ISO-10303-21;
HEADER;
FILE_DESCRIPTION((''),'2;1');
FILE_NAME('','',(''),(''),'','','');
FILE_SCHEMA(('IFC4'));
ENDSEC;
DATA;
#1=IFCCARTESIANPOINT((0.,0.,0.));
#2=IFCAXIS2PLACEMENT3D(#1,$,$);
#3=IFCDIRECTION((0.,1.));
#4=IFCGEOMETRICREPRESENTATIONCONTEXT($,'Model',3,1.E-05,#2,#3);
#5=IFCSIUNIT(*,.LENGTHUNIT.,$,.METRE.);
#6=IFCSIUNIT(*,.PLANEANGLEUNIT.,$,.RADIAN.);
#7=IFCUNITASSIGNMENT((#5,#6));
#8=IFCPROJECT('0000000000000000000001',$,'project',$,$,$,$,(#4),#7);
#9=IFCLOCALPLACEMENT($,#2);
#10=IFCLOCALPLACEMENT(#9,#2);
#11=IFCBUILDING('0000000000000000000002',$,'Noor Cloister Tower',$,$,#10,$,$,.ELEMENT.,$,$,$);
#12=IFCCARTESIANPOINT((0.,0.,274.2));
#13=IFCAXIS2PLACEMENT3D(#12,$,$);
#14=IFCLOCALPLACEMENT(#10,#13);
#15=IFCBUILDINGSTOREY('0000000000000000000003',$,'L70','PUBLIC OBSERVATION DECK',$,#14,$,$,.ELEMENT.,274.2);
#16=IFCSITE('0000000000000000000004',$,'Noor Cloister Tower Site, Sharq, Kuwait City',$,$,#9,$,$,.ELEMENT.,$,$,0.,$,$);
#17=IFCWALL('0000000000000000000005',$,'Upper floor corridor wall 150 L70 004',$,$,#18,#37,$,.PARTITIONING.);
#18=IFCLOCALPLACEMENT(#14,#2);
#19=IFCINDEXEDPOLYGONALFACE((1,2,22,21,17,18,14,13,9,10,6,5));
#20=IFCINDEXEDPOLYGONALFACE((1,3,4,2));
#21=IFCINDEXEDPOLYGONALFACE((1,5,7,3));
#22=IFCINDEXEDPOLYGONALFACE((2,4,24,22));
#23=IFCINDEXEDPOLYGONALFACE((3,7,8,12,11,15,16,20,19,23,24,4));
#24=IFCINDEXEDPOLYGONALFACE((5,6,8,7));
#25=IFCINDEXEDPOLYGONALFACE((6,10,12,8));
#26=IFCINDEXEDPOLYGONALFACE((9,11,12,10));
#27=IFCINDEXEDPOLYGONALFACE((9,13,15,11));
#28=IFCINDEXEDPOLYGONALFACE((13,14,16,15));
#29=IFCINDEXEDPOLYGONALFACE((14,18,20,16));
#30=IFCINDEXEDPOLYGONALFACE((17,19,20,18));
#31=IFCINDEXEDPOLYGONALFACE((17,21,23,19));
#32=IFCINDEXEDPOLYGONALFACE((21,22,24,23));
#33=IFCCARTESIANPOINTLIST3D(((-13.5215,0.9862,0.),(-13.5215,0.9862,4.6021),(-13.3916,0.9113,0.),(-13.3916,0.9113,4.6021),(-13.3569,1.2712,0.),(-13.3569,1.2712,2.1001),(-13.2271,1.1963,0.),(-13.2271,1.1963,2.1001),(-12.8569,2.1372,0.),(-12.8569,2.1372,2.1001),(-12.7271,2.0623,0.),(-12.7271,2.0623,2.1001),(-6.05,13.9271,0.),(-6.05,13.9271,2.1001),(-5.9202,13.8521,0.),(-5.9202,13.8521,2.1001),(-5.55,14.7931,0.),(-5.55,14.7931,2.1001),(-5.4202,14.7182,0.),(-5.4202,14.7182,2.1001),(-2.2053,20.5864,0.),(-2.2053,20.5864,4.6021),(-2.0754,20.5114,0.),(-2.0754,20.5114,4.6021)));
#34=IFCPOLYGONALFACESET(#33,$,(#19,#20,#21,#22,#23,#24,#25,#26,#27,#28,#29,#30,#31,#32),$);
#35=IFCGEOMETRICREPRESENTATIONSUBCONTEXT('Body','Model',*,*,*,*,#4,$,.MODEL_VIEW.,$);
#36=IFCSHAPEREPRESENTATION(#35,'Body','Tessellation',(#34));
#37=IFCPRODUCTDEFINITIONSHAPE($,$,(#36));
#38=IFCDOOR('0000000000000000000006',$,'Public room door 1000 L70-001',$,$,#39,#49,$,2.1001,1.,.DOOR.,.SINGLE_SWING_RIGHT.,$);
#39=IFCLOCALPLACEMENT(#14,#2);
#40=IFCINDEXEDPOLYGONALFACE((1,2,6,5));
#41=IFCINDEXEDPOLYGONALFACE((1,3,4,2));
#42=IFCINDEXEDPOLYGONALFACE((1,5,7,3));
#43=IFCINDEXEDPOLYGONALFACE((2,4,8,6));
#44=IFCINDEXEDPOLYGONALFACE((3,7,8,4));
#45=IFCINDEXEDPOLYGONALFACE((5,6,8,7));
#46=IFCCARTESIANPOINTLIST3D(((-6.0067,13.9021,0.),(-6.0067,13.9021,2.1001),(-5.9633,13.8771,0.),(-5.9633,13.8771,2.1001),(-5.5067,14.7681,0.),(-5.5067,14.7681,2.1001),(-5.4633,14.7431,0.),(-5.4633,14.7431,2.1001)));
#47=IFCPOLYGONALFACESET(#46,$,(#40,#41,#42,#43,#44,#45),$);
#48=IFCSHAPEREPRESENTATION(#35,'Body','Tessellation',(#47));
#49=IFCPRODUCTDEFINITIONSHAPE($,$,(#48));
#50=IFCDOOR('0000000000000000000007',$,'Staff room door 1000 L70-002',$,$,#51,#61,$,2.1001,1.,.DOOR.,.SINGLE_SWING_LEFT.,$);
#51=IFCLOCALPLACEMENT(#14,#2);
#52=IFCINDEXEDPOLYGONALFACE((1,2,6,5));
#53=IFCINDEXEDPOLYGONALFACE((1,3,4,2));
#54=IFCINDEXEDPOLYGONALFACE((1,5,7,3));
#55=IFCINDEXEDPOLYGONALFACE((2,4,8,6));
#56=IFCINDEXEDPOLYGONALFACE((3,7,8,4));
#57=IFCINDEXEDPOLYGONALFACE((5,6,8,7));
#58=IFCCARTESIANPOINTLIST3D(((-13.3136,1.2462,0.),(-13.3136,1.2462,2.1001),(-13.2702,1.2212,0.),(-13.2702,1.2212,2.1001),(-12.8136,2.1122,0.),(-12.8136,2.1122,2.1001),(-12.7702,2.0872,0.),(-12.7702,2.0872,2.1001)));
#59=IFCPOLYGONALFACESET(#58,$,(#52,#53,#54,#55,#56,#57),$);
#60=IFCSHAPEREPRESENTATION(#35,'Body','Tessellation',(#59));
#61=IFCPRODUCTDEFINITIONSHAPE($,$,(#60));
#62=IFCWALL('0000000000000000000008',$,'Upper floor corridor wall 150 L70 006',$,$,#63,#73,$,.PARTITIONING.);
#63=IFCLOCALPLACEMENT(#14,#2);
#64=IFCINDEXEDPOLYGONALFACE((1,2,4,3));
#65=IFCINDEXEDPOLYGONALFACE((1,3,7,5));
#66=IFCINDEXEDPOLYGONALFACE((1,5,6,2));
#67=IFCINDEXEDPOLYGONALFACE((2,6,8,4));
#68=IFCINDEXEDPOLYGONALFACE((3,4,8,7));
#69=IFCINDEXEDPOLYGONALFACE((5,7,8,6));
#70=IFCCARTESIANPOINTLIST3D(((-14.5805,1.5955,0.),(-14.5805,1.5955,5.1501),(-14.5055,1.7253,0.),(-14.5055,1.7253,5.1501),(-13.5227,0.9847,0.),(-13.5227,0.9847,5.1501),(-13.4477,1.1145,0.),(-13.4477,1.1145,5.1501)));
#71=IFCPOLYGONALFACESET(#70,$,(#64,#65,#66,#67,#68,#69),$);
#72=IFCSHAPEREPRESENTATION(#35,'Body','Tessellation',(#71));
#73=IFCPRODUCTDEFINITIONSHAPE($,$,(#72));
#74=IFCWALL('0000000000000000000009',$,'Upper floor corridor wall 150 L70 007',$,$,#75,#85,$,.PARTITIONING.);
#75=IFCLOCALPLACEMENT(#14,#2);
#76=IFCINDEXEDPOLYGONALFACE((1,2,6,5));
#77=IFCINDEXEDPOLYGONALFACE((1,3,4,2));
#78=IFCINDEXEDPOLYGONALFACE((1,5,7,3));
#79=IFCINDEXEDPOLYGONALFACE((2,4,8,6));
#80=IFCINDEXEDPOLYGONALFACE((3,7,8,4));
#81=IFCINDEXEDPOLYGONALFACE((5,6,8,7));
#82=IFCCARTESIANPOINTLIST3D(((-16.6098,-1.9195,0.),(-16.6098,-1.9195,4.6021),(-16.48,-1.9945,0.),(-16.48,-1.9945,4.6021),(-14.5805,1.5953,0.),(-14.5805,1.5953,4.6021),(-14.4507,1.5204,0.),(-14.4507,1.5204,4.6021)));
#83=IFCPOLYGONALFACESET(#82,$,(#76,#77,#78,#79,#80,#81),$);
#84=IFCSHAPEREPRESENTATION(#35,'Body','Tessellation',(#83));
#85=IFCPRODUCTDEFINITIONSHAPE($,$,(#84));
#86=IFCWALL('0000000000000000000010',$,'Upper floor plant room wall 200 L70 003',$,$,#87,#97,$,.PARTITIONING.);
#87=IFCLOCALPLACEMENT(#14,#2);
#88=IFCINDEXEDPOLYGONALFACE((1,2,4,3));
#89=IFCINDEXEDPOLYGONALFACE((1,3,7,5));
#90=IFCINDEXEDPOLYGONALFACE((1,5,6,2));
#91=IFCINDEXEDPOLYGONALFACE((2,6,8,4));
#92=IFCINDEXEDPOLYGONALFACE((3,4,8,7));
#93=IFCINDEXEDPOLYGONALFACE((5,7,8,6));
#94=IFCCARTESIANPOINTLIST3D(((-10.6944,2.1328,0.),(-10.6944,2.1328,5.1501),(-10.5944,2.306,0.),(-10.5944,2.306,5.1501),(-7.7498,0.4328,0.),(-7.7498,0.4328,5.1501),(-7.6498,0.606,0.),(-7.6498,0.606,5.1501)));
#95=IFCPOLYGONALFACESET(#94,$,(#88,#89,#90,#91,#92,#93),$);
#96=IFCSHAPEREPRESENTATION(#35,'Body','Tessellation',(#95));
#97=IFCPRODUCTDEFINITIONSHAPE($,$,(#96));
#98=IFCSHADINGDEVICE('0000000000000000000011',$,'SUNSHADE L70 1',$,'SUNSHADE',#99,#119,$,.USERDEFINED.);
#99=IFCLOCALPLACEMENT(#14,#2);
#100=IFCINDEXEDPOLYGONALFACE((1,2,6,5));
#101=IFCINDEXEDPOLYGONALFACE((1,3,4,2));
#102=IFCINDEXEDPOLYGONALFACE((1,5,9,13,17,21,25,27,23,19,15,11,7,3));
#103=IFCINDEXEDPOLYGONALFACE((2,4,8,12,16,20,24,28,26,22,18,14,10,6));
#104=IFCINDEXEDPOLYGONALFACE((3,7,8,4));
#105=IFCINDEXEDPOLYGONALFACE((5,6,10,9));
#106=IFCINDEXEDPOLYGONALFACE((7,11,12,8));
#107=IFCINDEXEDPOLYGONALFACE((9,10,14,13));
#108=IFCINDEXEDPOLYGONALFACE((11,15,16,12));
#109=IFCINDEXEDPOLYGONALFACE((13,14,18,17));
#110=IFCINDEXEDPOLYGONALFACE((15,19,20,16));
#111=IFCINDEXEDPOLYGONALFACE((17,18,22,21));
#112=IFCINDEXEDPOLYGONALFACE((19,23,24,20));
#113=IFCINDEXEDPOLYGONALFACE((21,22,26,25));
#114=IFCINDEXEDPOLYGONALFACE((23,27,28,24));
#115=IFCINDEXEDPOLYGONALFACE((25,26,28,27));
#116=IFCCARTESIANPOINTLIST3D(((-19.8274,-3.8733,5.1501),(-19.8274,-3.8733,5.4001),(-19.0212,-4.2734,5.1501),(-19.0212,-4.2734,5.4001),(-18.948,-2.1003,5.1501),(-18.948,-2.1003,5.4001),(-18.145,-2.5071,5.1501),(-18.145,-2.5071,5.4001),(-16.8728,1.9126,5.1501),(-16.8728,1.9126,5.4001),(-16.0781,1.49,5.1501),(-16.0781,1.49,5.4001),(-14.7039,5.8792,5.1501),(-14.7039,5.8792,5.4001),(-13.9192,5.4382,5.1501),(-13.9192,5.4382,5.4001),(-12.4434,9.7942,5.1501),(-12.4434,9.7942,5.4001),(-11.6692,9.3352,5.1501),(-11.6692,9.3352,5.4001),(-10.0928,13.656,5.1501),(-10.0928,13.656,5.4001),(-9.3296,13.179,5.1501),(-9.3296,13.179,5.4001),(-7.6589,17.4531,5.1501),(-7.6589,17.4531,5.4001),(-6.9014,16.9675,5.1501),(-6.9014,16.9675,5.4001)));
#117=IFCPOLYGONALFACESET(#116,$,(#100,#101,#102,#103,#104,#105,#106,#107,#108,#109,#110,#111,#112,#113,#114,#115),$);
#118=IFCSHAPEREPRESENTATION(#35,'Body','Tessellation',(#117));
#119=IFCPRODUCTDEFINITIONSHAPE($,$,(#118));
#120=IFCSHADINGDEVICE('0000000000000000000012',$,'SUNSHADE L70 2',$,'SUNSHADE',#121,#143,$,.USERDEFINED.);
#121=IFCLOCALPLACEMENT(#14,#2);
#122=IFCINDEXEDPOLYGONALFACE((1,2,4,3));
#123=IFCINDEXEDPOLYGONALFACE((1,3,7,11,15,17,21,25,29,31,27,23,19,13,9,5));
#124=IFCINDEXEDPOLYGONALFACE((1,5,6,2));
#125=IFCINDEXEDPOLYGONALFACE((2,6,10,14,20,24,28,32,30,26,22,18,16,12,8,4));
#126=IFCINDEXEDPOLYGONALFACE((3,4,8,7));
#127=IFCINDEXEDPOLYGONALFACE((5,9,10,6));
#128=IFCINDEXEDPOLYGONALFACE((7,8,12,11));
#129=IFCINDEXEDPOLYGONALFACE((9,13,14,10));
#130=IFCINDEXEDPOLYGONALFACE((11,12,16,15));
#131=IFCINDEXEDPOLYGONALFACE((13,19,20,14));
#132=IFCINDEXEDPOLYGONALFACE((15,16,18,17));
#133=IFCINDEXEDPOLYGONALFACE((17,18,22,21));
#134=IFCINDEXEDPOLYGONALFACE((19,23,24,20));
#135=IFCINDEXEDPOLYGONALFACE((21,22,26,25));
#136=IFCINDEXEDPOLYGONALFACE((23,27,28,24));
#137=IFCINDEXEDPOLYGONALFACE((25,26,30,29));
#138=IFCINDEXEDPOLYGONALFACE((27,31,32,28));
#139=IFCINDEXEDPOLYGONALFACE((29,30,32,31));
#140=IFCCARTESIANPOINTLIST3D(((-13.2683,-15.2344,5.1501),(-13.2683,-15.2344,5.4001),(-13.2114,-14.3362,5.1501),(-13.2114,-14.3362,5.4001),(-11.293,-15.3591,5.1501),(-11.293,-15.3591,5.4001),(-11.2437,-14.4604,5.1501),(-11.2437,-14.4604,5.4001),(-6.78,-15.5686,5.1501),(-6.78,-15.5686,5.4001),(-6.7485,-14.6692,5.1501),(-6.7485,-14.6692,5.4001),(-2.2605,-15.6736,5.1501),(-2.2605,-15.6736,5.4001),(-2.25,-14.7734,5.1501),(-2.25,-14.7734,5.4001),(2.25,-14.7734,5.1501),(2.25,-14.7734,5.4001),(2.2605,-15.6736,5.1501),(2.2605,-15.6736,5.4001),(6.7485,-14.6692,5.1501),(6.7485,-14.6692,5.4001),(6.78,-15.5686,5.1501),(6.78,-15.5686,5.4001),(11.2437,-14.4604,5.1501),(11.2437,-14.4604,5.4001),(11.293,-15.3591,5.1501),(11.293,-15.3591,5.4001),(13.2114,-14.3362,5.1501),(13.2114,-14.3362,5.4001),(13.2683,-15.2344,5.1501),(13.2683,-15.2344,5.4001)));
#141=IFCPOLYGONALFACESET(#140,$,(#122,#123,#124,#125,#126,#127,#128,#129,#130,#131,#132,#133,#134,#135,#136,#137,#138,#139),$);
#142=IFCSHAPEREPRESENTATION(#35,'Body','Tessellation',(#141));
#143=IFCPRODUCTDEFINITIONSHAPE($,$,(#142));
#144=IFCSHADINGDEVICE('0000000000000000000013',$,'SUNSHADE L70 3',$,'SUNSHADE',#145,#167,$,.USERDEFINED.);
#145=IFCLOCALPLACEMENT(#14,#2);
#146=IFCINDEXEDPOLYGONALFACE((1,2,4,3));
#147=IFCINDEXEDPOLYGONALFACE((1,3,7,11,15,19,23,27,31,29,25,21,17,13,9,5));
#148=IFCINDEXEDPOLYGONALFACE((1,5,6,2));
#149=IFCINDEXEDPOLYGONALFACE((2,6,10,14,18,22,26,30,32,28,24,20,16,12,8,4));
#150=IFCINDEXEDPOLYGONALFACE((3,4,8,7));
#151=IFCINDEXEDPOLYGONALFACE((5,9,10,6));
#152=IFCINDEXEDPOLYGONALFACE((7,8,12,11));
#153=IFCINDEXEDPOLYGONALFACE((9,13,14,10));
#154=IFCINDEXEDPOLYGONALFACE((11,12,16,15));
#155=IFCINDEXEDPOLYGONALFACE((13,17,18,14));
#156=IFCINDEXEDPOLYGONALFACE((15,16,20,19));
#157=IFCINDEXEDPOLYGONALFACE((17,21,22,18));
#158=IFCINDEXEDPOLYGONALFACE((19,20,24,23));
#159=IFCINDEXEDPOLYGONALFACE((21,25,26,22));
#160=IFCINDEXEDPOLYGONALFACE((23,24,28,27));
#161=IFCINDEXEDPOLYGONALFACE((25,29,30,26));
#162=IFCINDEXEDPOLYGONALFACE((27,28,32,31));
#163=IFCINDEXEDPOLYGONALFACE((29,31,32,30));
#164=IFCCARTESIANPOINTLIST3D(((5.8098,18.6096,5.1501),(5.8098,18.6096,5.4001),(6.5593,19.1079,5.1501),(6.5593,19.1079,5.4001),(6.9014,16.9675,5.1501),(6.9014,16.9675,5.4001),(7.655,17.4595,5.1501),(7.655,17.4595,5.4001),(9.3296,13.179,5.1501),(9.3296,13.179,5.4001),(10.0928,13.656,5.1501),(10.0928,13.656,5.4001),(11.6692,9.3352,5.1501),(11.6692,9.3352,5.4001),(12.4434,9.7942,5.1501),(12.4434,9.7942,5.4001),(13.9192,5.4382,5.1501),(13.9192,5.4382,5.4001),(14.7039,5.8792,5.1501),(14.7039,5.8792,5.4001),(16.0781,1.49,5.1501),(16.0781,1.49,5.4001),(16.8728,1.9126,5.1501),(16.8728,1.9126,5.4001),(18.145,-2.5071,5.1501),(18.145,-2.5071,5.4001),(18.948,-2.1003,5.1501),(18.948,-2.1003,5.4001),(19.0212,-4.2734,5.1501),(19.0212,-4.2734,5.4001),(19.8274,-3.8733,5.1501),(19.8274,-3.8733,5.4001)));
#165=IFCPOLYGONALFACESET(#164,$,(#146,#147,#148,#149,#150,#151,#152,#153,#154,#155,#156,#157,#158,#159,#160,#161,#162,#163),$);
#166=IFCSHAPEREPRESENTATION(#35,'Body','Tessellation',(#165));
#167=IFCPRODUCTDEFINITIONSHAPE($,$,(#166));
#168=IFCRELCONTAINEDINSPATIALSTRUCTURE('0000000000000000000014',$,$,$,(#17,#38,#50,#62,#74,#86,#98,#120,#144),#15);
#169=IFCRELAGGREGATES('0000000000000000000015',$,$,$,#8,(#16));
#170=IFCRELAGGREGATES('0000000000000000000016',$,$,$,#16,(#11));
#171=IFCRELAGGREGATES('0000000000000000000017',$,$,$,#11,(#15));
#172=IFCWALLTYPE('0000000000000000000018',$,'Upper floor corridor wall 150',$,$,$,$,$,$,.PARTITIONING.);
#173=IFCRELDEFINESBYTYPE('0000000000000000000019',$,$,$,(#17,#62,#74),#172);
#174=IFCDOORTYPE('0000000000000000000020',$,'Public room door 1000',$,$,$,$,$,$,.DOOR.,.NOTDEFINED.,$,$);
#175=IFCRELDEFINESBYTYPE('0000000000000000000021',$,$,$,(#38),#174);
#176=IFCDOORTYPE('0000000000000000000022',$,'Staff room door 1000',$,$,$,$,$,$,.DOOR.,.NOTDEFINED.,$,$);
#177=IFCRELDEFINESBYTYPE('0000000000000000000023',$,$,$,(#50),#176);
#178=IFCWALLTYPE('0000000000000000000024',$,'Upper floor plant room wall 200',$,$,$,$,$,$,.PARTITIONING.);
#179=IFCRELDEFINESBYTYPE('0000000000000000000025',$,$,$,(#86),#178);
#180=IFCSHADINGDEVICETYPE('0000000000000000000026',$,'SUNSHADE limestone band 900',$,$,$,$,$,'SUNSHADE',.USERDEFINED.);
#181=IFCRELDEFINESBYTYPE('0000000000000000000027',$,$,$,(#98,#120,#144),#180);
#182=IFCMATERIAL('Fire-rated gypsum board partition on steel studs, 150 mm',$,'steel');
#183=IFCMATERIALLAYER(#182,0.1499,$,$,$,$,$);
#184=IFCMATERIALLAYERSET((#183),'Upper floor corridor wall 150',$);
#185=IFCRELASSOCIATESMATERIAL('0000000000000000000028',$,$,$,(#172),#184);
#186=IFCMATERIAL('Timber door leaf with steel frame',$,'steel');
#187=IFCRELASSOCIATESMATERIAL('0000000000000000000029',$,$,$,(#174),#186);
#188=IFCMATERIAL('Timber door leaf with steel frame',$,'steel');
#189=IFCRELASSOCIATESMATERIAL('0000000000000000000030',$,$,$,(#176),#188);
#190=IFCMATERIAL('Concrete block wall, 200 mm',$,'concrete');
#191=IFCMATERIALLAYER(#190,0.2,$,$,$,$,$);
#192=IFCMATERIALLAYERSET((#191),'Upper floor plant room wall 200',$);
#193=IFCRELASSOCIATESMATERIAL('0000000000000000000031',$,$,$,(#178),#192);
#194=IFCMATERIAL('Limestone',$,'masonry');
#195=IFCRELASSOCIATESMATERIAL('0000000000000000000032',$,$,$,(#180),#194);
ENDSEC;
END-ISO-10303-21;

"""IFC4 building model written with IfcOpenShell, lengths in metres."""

from ifc_helpers import new_model, si_unit, direction, frame, frame_2d, origin, place, context, subcontext, project, spatial, polyline, rectangle, outline, extrude, material, layer, layer_set, type_object, element, fill, save


model = new_model("IFC4")

# Units and contexts
model_context = context("Model", 3, precision=1e-05, world=origin(), true_north=direction((0.0, 1.0)))
body_context = subcontext(model_context, "Body", "Model", "MODEL_VIEW")
ifc_project = project(units=[si_unit("LENGTHUNIT", "METRE"), si_unit("PLANEANGLEUNIT", "RADIAN")], contexts=[model_context])

# Site, building, storey
site_placement = place(None, origin())
site = spatial("IfcSite", under=ifc_project, at=site_placement, Name="Noor Cloister Tower Site, Sharq, Kuwait City", CompositionType="ELEMENT", RefElevation=0.0)
building_placement = place(site_placement, origin())
building = spatial("IfcBuilding", under=site, at=building_placement, Name="Noor Cloister Tower", CompositionType="ELEMENT")
storey_placement = place(building_placement, frame((0.0, 0.0, 274.2)))
storey = spatial("IfcBuildingStorey", under=building, at=storey_placement, Name="L70", Description="PUBLIC OBSERVATION DECK", CompositionType="ELEMENT", Elevation=274.2)

# Wall, openings, doors
ifc_material_1 = material(Name="Fire-rated gypsum board partition on steel studs, 150 mm", Category="steel")
ifc_layer_1 = layer(ifc_material_1, 0.1499)
ifc_layer_set_1 = layer_set([ifc_layer_1], Name="Upper floor corridor wall 150")
wall_type_1 = type_object("IfcWallType", Name="Upper floor corridor wall 150", PredefinedType="PARTITIONING", material=ifc_layer_set_1)
wall_1_placement = place(storey_placement, frame((-13.4565, 0.9487, 0.0), z_axis=(0.0, 0.0, 1.0), x_axis=(0.500001, 0.866025, 0.0)))
wall_1 = element("IfcWall", 1, at=wall_1_placement, inside=storey, type_object=wall_type_1, Name="Upper floor corridor wall 150 L70 004", PredefinedType="PARTITIONING", context=body_context, shape_type="SweptSolid", body=[
    extrude(rectangle(XDim=22.6323, YDim=0.1499, at=frame_2d((11.3162, 0.0))), origin(), (0.0, 0.0, 1.0), 4.6021),
])
opening_1_placement = place(wall_1_placement, frame((14.9429, 0.0, 0.0)))
opening_1 = element("IfcOpeningElement", 2, at=opening_1_placement, cuts=wall_1, PredefinedType="OPENING", context=body_context, shape_type="SweptSolid", body=[
    extrude(rectangle(XDim=1.0, YDim=2.1001, at=frame_2d((0.5, 1.05))), frame((0.0, 0.085, 0.0), z_axis=(0.0, -1.0, 0.0), x_axis=(1.0, 0.0, 0.0)), (0.0, 0.0, 1.0), 0.1699),
])
opening_2_placement = place(wall_1_placement, frame((0.3291, 0.0, 0.0)))
opening_2 = element("IfcOpeningElement", 3, at=opening_2_placement, cuts=wall_1, PredefinedType="OPENING", context=body_context, shape_type="SweptSolid", body=[
    extrude(rectangle(XDim=1.0, YDim=2.1001, at=frame_2d((0.5, 1.05))), frame((0.0, 0.085, 0.0), z_axis=(0.0, -1.0, 0.0), x_axis=(1.0, 0.0, 0.0)), (0.0, 0.0, 1.0), 0.1699),
])
ifc_material_2 = material(Name="Timber door leaf with steel frame", Category="steel")
door_type_1 = type_object("IfcDoorType", Name="Public room door 1000", OperationType="NOTDEFINED", PredefinedType="DOOR", material=ifc_material_2)
door_1_placement = place(opening_1_placement, origin())
door_1 = element("IfcDoor", 4, at=door_1_placement, inside=storey, type_object=door_type_1, Name="Public room door 1000 L70-001", OperationType="SINGLE_SWING_RIGHT", OverallHeight=2.1001, OverallWidth=1.0, PredefinedType="DOOR", context=body_context, shape_type="SweptSolid", body=[
    extrude(rectangle(XDim=1.0, YDim=2.1001, at=frame_2d((0.5, 1.05))), frame((0.0, 0.0249, 0.0), z_axis=(0.0, -1.0, 0.0), x_axis=(1.0, 0.0, 0.0)), (0.0, 0.0, 1.0), 0.05),
])
fill(opening_1, door_1)
ifc_material_3 = material(Name="Timber door leaf with steel frame", Category="steel")
door_type_2 = type_object("IfcDoorType", Name="Staff room door 1000", OperationType="NOTDEFINED", PredefinedType="DOOR", material=ifc_material_3)
door_2_placement = place(opening_2_placement, origin())
door_2 = element("IfcDoor", 5, at=door_2_placement, inside=storey, type_object=door_type_2, Name="Staff room door 1000 L70-002", OperationType="SINGLE_SWING_LEFT", OverallHeight=2.1001, OverallWidth=1.0, PredefinedType="DOOR", context=body_context, shape_type="SweptSolid", body=[
    extrude(rectangle(XDim=1.0, YDim=2.1001, at=frame_2d((0.5, 1.05))), frame((0.0, 0.0249, 0.0), z_axis=(0.0, -1.0, 0.0), x_axis=(1.0, 0.0, 0.0)), (0.0, 0.0, 1.0), 0.05),
])
fill(opening_2, door_2)

# Walls
wall_2_placement = place(storey_placement, frame((-13.4851, 1.0496, 0.0), z_axis=(0.0, 0.0, 1.0), x_axis=(-0.865996, 0.500051, 0.0)))
element("IfcWall", 6, at=wall_2_placement, inside=storey, type_object=wall_type_1, Name="Upper floor corridor wall 150 L70 006", PredefinedType="PARTITIONING", context=body_context, shape_type="SweptSolid", body=[
    extrude(rectangle(XDim=1.2214, YDim=0.1499, at=frame_2d((0.6108, 0.0))), origin(), (0.0, 0.0, 1.0), 5.1501),
])
wall_3_placement = place(storey_placement, frame((-14.5156, 1.5579, 0.0), z_axis=(0.0, 0.0, 1.0), x_axis=(-0.499995, -0.866028, 0.0)))
element("IfcWall", 7, at=wall_3_placement, inside=storey, type_object=wall_type_1, Name="Upper floor corridor wall 150 L70 007", PredefinedType="PARTITIONING", context=body_context, shape_type="SweptSolid", body=[
    extrude(rectangle(XDim=4.0586, YDim=0.1499, at=frame_2d((2.0293, 0.0))), origin(), (0.0, 0.0, 1.0), 4.6021),
])
ifc_material_4 = material(Name="Concrete block wall, 200 mm", Category="concrete")
ifc_layer_2 = layer(ifc_material_4, 0.2)
ifc_layer_set_2 = layer_set([ifc_layer_2], Name="Upper floor plant room wall 200")
wall_type_2 = type_object("IfcWallType", Name="Upper floor plant room wall 200", PredefinedType="PARTITIONING", material=ifc_layer_set_2)
wall_4_placement = place(storey_placement, frame((-10.6445, 2.2195, 0.0), z_axis=(0.0, 0.0, 1.0), x_axis=(0.866039, -0.499977, 0.0)))
element("IfcWall", 8, at=wall_4_placement, inside=storey, type_object=wall_type_2, Name="Upper floor plant room wall 200 L70 003", PredefinedType="PARTITIONING", context=body_context, shape_type="SweptSolid", body=[
    extrude(rectangle(XDim=3.4001, YDim=0.2, at=frame_2d((1.7002, 0.0))), origin(), (0.0, 0.0, 1.0), 5.1501),
])

# Shading devices
ifc_material_5 = material(Name="Limestone", Category="masonry")
shading_device_type = type_object("IfcShadingDeviceType", Name="SUNSHADE limestone band 900", ElementType="SUNSHADE", PredefinedType="USERDEFINED", material=ifc_material_5)
shading_device_1_placement = place(storey_placement, frame((0.0, 0.0, 5.1501)))
element("IfcShadingDevice", 9, at=shading_device_1_placement, inside=storey, type_object=shading_device_type, Name="SUNSHADE L70 1", ObjectType="SUNSHADE", PredefinedType="USERDEFINED", context=body_context, shape_type="SweptSolid", body=[
    extrude(outline(polyline([(-7.6589, 17.4531), (-10.0928, 13.656), (-12.4434, 9.7942), (-14.7039, 5.8792), (-16.8728, 1.9126), (-18.948, -2.1003), (-19.8274, -3.8733), (-19.0212, -4.2734), (-18.145, -2.5071), (-16.0781, 1.49), (-13.9192, 5.4382), (-11.6692, 9.3352), (-9.3296, 13.179), (-6.9014, 16.9675), (-7.6589, 17.4531)])), origin(), (0.0, 0.0, 1.0), 0.25),
])
shading_device_2_placement = place(storey_placement, frame((0.0, 0.0, 5.1501)))
element("IfcShadingDevice", 10, at=shading_device_2_placement, inside=storey, type_object=shading_device_type, Name="SUNSHADE L70 2", ObjectType="SUNSHADE", PredefinedType="USERDEFINED", context=body_context, shape_type="SweptSolid", body=[
    extrude(outline(polyline([(-13.2683, -15.2344), (-11.293, -15.3591), (-6.78, -15.5686), (-2.2605, -15.6736), (2.2605, -15.6736), (6.78, -15.5686), (11.293, -15.3591), (13.2683, -15.2344), (13.2114, -14.3362), (11.2437, -14.4604), (6.7485, -14.6692), (2.25, -14.7734), (-2.25, -14.7734), (-6.7485, -14.6692), (-11.2437, -14.4604), (-13.2114, -14.3362), (-13.2683, -15.2344)])), origin(), (0.0, 0.0, 1.0), 0.25),
])
shading_device_3_placement = place(storey_placement, frame((0.0, 0.0, 5.1501)))
element("IfcShadingDevice", 11, at=shading_device_3_placement, inside=storey, type_object=shading_device_type, Name="SUNSHADE L70 3", ObjectType="SUNSHADE", PredefinedType="USERDEFINED", context=body_context, shape_type="SweptSolid", body=[
    extrude(outline(polyline([(19.8274, -3.8733), (18.948, -2.1003), (16.8728, 1.9126), (14.7039, 5.8792), (12.4434, 9.7942), (10.0928, 13.656), (7.655, 17.4595), (6.5593, 19.1079), (5.8098, 18.6096), (6.9014, 16.9675), (9.3296, 13.179), (11.6692, 9.3352), (13.9192, 5.4382), (16.0781, 1.49), (18.145, -2.5071), (19.0212, -4.2734), (19.8274, -3.8733)])), origin(), (0.0, 0.0, 1.0), 0.25),
])

save(model, "model.ifc")
